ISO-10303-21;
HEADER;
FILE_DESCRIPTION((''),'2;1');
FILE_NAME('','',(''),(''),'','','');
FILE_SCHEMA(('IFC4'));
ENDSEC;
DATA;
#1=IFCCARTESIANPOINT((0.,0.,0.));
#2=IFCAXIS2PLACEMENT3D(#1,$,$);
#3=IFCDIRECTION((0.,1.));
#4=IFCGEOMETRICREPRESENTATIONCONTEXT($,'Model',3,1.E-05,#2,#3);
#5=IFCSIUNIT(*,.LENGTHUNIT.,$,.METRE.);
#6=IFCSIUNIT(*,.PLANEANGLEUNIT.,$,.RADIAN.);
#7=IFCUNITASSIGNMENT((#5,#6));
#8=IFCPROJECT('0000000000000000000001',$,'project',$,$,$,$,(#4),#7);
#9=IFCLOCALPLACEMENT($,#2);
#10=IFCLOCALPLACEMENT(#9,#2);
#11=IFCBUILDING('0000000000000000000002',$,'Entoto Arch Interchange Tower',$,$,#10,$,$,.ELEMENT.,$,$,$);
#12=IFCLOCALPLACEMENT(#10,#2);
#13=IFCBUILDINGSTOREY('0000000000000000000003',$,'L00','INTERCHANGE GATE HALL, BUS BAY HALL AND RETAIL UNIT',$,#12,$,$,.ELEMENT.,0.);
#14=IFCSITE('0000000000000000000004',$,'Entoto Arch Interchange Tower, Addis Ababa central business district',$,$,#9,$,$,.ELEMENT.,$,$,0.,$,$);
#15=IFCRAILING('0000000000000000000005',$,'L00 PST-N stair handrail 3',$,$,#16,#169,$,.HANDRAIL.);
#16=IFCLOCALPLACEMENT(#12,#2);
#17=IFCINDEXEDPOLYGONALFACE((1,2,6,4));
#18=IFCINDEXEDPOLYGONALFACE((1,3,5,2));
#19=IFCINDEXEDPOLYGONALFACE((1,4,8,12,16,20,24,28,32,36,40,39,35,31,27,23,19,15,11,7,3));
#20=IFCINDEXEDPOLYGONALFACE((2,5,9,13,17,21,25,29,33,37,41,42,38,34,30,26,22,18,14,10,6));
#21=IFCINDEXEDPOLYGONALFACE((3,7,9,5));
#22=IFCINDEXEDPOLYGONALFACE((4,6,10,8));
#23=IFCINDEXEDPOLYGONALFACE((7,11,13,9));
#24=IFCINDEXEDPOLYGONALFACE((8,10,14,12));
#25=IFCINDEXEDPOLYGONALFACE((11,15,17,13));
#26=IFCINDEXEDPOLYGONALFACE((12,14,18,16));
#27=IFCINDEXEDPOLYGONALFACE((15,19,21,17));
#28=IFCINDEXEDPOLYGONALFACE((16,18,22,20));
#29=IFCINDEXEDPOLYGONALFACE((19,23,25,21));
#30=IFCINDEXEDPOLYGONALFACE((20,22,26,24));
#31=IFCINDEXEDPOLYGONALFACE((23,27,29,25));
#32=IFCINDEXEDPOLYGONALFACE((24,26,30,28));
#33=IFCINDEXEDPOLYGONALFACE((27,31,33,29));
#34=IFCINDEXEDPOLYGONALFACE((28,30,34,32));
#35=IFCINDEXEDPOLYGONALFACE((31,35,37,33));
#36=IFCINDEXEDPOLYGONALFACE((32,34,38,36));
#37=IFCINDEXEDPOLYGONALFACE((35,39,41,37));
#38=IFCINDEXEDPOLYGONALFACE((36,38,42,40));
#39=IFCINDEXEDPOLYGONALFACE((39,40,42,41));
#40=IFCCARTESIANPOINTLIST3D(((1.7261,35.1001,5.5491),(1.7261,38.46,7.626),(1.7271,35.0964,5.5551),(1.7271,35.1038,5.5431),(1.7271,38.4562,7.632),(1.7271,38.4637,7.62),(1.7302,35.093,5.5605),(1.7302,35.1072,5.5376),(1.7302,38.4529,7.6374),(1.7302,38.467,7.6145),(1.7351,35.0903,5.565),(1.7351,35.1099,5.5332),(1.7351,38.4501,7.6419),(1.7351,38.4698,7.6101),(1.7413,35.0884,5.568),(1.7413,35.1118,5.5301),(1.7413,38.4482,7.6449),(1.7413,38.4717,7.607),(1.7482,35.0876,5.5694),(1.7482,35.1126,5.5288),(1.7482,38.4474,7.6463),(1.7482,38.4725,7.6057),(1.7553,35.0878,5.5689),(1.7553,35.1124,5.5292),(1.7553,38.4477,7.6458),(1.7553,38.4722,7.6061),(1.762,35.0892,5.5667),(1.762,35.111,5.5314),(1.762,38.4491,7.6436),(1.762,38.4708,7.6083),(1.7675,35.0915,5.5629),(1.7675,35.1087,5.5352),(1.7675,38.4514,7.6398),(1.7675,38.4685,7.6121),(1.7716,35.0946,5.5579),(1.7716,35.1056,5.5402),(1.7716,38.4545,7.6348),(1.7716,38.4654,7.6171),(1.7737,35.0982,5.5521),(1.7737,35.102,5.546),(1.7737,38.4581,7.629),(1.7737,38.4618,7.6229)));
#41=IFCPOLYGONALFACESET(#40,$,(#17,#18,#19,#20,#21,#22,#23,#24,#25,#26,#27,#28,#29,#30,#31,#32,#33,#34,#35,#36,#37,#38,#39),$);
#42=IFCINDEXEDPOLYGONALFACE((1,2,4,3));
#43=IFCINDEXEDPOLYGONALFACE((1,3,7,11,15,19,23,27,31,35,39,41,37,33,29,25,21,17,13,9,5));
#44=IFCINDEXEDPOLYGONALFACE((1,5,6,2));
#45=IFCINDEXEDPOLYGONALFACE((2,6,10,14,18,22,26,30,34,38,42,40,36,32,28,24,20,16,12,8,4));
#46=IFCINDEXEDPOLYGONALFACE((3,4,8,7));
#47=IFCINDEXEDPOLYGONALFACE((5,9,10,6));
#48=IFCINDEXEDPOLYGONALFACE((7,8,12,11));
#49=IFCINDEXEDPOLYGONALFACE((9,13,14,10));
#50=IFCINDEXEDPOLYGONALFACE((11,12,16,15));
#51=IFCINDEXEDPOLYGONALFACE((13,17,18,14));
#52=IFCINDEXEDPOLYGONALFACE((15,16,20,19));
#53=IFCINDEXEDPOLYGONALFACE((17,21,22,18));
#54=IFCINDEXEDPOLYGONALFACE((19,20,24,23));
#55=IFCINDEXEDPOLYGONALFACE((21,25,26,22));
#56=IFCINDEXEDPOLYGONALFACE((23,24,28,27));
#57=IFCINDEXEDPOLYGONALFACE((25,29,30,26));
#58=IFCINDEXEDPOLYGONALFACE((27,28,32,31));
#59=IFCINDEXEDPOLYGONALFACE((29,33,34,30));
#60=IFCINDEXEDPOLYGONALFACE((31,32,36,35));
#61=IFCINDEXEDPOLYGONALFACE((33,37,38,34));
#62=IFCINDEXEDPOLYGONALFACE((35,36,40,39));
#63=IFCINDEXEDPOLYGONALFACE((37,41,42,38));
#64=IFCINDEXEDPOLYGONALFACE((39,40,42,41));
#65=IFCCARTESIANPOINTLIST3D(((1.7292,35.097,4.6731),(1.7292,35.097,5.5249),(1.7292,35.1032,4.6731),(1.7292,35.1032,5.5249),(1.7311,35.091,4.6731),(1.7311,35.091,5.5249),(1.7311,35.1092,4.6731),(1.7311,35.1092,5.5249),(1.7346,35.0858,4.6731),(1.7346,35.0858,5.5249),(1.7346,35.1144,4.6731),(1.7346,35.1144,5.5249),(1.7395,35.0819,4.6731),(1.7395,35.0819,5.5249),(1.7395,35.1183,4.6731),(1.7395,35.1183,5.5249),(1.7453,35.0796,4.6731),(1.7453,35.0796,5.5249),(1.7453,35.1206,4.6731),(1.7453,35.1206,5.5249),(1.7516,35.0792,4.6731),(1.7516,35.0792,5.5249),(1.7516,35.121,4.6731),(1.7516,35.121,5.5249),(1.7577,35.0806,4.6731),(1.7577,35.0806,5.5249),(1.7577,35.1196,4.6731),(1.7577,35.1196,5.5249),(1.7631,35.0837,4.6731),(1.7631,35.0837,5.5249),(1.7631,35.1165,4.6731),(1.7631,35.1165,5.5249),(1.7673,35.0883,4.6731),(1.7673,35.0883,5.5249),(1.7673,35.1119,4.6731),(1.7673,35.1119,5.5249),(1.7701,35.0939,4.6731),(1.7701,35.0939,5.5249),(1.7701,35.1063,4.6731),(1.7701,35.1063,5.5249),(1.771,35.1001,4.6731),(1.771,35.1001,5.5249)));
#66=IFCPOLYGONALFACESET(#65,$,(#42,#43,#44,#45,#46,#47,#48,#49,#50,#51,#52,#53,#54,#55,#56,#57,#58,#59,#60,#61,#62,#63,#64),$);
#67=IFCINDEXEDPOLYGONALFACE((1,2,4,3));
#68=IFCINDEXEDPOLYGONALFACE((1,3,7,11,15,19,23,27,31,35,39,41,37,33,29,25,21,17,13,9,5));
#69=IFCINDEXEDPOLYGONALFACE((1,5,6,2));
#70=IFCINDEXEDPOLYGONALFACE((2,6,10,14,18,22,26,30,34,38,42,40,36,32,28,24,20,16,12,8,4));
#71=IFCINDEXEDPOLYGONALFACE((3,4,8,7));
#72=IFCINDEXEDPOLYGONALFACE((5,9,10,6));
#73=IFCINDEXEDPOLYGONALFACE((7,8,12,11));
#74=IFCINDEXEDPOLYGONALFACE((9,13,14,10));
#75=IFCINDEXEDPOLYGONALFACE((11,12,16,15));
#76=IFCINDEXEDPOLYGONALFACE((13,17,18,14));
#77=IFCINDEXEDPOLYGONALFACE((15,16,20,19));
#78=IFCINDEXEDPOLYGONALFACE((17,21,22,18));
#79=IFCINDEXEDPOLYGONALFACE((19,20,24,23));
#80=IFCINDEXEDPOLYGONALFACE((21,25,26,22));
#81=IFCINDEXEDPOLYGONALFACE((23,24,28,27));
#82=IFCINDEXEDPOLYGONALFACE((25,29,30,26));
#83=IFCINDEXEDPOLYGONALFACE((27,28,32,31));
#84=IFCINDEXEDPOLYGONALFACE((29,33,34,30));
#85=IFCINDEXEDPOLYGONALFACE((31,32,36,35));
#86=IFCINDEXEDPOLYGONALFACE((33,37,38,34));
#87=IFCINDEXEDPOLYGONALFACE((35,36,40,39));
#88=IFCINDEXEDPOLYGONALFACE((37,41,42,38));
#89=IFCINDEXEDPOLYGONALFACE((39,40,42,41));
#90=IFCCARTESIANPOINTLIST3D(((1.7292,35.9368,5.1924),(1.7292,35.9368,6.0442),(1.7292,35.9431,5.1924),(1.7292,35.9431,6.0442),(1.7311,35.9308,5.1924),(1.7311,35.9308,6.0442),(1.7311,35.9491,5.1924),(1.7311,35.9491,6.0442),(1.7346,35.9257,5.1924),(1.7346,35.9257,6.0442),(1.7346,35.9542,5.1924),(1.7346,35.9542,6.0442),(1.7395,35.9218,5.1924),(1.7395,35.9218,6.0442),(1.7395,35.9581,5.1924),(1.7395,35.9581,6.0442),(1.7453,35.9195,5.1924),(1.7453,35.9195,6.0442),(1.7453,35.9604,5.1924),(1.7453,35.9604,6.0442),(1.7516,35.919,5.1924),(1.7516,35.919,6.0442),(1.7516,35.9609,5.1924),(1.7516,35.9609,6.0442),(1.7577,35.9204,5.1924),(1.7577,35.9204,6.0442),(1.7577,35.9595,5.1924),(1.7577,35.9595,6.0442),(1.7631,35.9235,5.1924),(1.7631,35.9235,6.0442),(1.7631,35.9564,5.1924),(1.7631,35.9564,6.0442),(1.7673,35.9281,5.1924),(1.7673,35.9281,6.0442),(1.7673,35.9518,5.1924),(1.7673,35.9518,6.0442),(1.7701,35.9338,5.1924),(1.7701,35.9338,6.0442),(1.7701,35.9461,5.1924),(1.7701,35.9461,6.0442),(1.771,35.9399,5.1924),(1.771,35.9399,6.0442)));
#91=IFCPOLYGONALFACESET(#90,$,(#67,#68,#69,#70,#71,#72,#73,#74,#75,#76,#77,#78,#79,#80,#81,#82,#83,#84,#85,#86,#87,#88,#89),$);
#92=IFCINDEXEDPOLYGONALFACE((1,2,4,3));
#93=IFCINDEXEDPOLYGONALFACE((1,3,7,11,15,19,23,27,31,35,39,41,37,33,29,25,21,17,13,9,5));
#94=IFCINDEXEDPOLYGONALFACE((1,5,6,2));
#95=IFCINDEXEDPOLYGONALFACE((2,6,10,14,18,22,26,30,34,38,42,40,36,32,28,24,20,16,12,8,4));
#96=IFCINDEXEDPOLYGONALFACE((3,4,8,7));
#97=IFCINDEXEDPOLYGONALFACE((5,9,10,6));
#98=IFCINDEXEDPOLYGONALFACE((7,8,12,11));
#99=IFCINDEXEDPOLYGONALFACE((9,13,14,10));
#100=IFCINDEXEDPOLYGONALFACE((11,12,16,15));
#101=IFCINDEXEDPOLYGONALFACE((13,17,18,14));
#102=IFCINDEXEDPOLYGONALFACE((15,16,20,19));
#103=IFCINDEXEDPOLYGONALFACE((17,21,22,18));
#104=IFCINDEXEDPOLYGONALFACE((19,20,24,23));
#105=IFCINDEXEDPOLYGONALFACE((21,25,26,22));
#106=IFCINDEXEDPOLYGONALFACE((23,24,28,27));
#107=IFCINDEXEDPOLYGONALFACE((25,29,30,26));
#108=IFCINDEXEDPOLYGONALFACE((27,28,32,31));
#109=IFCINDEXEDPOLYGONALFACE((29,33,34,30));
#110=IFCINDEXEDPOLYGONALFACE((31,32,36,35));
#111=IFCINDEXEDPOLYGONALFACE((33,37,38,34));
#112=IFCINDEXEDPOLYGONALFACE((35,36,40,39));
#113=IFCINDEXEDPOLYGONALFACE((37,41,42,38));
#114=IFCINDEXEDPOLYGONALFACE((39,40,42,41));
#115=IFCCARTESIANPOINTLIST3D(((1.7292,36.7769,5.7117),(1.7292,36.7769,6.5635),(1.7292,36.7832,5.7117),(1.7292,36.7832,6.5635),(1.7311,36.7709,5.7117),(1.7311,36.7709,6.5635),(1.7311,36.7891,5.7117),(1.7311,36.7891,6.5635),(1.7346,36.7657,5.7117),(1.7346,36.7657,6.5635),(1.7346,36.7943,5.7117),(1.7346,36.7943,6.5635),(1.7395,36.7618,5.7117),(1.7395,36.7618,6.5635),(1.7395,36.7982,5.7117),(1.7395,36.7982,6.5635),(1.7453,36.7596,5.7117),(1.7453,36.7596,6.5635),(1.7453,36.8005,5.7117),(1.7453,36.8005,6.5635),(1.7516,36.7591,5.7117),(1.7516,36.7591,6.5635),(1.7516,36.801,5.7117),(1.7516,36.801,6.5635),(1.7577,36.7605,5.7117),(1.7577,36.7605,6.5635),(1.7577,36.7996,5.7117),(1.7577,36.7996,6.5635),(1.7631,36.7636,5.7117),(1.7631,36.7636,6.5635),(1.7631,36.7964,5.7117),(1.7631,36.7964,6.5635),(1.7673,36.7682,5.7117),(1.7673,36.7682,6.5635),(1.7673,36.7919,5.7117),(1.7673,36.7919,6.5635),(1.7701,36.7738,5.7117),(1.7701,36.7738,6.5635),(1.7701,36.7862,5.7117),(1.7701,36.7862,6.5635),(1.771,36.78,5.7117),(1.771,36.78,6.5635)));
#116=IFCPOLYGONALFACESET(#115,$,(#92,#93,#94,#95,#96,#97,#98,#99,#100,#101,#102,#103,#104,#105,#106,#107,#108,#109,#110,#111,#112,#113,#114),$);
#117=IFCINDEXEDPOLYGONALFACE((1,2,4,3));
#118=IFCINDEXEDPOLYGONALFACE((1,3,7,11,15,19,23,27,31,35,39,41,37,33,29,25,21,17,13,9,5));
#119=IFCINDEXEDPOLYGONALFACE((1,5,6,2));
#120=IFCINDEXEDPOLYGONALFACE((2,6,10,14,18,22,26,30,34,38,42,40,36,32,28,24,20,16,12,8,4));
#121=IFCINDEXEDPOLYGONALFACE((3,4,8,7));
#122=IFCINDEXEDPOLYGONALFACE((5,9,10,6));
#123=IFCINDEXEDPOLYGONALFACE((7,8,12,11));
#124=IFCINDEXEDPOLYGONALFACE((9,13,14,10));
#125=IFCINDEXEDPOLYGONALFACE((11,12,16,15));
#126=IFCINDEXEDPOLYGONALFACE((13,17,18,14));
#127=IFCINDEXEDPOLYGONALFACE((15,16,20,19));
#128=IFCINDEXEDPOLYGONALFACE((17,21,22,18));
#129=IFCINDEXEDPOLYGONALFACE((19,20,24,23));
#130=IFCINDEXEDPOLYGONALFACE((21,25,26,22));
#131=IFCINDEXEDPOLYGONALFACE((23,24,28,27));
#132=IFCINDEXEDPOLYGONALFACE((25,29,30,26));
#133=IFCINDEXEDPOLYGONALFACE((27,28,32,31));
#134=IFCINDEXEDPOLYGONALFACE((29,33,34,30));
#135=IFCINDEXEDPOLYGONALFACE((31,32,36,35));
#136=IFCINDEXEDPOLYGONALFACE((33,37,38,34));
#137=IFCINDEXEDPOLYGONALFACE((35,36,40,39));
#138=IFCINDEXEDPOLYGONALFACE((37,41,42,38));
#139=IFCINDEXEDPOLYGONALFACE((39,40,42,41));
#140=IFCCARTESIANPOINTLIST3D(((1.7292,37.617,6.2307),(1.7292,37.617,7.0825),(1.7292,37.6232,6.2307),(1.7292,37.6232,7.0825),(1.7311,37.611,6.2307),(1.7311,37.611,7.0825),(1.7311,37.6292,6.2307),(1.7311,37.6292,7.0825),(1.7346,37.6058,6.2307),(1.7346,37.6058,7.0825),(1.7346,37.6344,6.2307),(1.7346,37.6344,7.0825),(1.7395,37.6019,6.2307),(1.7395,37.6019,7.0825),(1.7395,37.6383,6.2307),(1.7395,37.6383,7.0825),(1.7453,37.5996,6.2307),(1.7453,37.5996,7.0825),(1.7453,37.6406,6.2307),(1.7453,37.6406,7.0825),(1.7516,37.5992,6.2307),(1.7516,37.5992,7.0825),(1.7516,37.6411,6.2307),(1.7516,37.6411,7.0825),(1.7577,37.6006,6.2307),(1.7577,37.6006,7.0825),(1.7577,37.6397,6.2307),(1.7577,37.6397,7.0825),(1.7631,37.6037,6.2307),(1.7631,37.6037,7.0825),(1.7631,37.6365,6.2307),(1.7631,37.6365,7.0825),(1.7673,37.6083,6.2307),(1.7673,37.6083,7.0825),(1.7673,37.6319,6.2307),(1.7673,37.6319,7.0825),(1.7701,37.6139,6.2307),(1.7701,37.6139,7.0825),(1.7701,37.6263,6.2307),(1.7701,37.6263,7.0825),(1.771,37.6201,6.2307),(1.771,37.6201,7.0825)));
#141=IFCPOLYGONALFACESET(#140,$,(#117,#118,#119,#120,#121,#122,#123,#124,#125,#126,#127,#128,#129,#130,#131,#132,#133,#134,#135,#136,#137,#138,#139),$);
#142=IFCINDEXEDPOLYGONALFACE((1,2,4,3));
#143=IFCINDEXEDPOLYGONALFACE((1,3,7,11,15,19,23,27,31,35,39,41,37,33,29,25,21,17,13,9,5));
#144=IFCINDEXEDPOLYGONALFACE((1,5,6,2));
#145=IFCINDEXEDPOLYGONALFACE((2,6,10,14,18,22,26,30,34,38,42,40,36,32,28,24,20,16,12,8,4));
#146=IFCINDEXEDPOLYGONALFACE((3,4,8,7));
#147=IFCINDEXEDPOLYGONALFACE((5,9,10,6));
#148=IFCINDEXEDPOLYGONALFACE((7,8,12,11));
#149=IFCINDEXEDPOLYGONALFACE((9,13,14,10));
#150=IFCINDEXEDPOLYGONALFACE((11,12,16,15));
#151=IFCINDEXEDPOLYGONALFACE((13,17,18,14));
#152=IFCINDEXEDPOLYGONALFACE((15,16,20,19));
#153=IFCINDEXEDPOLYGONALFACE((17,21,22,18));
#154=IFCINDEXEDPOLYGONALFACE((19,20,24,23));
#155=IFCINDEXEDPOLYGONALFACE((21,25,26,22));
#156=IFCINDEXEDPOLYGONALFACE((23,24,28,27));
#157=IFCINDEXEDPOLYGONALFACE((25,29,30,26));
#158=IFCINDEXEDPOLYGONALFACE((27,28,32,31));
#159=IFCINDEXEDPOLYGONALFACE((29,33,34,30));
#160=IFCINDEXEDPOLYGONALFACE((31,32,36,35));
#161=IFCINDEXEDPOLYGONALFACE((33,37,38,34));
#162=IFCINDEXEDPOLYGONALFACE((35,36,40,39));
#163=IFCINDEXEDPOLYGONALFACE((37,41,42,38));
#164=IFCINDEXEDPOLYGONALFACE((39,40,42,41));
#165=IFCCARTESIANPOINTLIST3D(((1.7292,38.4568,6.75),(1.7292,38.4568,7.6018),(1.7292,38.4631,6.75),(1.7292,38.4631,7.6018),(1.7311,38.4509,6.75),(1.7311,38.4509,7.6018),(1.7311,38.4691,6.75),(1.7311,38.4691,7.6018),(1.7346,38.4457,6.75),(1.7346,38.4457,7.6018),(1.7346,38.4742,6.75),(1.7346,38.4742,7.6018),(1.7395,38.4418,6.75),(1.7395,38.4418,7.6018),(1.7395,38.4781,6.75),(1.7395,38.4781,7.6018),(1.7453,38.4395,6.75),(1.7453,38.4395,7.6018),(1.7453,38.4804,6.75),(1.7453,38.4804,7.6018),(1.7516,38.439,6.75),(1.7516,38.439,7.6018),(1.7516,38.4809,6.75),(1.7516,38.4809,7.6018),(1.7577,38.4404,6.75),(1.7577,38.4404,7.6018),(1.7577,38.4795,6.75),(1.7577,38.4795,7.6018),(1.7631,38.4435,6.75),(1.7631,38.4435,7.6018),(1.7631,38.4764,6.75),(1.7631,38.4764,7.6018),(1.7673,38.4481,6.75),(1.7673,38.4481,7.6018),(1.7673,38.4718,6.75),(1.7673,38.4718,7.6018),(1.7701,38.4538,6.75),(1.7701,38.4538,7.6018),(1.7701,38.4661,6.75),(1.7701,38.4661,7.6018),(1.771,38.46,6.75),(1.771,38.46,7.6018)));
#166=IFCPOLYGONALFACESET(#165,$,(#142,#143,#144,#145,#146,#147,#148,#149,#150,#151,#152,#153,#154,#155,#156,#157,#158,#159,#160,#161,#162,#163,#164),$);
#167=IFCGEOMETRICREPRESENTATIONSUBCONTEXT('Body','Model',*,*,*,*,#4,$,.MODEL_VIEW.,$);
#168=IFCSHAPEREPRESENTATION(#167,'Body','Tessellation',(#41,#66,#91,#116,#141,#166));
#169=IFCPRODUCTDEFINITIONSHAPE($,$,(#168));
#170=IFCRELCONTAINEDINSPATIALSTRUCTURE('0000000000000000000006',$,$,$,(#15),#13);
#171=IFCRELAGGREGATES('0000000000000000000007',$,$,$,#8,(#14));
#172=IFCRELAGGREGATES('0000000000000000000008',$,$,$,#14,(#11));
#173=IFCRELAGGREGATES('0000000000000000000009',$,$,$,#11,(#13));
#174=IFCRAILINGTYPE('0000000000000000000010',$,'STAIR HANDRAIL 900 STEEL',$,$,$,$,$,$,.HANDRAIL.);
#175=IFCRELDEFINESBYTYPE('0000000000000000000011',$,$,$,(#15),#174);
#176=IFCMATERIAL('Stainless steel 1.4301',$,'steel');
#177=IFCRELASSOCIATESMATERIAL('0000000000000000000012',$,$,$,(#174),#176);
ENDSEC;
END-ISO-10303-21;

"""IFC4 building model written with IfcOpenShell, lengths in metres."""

from ifc_helpers import new_model, si_unit, direction, frame, origin, origin_2d, place, context, subcontext, project, spatial, circle, extrude, material, type_object, element, save


model = new_model("IFC4")

# Units and contexts
model_context = context("Model", 3, precision=1e-05, world=origin(), true_north=direction((0.0, 1.0)))
body_context = subcontext(model_context, "Body", "Model", "MODEL_VIEW")
ifc_project = project(units=[si_unit("LENGTHUNIT", "METRE"), si_unit("PLANEANGLEUNIT", "RADIAN")], contexts=[model_context])

# Site, building, storey
site_placement = place(None, origin())
site = spatial("IfcSite", under=ifc_project, at=site_placement, Name="Entoto Arch Interchange Tower, Addis Ababa central business district", CompositionType="ELEMENT", RefElevation=0.0)
building_placement = place(site_placement, origin())
building = spatial("IfcBuilding", under=site, at=building_placement, Name="Entoto Arch Interchange Tower", CompositionType="ELEMENT")
storey_placement = place(building_placement, origin())
storey = spatial("IfcBuildingStorey", under=building, at=storey_placement, Name="L00", Description="INTERCHANGE GATE HALL, BUS BAY HALL AND RETAIL UNIT", CompositionType="ELEMENT", Elevation=0.0)

# Railing
ifc_material_1 = material(Name="Stainless steel 1.4301", Category="steel")
railing_type_1 = type_object("IfcRailingType", Name="STAIR HANDRAIL 900 STEEL", PredefinedType="HANDRAIL", material=ifc_material_1)
for number, where, name in (
    (1, (1.75, 35.1001, 4.6731), "L00 PST-N stair handrail 3"),
):
    element("IfcRailing", number, at=place(storey_placement, frame(where)), inside=storey, type_object=railing_type_1, Name=name, PredefinedType="HANDRAIL", context=body_context, shape_type="SweptSolid", body=[
        extrude(circle(Radius=0.0239, at=origin_2d()), frame((0.0, 0.0, 0.876), z_axis=(0.0, 0.850606, 0.525803), x_axis=(-1.0, 0.0, 0.0)), (0.0, 0.0, 1.0), 3.95),
        extrude(circle(Radius=0.021, at=origin_2d()), origin(), (0.0, 0.0, 1.0), 0.8518),
        extrude(circle(Radius=0.021, at=origin_2d()), frame((0.0, 0.8398, 0.5193)), (0.0, 0.0, 1.0), 0.8518),
        extrude(circle(Radius=0.021, at=origin_2d()), frame((0.0, 1.6799, 1.0386)), (0.0, 0.0, 1.0), 0.8518),
        extrude(circle(Radius=0.021, at=origin_2d()), frame((0.0, 2.52, 1.5576)), (0.0, 0.0, 1.0), 0.8518),
        extrude(circle(Radius=0.021, at=origin_2d()), frame((0.0, 3.3599, 2.0769)), (0.0, 0.0, 1.0), 0.8518),
    ])

save(model, "model.ifc")
